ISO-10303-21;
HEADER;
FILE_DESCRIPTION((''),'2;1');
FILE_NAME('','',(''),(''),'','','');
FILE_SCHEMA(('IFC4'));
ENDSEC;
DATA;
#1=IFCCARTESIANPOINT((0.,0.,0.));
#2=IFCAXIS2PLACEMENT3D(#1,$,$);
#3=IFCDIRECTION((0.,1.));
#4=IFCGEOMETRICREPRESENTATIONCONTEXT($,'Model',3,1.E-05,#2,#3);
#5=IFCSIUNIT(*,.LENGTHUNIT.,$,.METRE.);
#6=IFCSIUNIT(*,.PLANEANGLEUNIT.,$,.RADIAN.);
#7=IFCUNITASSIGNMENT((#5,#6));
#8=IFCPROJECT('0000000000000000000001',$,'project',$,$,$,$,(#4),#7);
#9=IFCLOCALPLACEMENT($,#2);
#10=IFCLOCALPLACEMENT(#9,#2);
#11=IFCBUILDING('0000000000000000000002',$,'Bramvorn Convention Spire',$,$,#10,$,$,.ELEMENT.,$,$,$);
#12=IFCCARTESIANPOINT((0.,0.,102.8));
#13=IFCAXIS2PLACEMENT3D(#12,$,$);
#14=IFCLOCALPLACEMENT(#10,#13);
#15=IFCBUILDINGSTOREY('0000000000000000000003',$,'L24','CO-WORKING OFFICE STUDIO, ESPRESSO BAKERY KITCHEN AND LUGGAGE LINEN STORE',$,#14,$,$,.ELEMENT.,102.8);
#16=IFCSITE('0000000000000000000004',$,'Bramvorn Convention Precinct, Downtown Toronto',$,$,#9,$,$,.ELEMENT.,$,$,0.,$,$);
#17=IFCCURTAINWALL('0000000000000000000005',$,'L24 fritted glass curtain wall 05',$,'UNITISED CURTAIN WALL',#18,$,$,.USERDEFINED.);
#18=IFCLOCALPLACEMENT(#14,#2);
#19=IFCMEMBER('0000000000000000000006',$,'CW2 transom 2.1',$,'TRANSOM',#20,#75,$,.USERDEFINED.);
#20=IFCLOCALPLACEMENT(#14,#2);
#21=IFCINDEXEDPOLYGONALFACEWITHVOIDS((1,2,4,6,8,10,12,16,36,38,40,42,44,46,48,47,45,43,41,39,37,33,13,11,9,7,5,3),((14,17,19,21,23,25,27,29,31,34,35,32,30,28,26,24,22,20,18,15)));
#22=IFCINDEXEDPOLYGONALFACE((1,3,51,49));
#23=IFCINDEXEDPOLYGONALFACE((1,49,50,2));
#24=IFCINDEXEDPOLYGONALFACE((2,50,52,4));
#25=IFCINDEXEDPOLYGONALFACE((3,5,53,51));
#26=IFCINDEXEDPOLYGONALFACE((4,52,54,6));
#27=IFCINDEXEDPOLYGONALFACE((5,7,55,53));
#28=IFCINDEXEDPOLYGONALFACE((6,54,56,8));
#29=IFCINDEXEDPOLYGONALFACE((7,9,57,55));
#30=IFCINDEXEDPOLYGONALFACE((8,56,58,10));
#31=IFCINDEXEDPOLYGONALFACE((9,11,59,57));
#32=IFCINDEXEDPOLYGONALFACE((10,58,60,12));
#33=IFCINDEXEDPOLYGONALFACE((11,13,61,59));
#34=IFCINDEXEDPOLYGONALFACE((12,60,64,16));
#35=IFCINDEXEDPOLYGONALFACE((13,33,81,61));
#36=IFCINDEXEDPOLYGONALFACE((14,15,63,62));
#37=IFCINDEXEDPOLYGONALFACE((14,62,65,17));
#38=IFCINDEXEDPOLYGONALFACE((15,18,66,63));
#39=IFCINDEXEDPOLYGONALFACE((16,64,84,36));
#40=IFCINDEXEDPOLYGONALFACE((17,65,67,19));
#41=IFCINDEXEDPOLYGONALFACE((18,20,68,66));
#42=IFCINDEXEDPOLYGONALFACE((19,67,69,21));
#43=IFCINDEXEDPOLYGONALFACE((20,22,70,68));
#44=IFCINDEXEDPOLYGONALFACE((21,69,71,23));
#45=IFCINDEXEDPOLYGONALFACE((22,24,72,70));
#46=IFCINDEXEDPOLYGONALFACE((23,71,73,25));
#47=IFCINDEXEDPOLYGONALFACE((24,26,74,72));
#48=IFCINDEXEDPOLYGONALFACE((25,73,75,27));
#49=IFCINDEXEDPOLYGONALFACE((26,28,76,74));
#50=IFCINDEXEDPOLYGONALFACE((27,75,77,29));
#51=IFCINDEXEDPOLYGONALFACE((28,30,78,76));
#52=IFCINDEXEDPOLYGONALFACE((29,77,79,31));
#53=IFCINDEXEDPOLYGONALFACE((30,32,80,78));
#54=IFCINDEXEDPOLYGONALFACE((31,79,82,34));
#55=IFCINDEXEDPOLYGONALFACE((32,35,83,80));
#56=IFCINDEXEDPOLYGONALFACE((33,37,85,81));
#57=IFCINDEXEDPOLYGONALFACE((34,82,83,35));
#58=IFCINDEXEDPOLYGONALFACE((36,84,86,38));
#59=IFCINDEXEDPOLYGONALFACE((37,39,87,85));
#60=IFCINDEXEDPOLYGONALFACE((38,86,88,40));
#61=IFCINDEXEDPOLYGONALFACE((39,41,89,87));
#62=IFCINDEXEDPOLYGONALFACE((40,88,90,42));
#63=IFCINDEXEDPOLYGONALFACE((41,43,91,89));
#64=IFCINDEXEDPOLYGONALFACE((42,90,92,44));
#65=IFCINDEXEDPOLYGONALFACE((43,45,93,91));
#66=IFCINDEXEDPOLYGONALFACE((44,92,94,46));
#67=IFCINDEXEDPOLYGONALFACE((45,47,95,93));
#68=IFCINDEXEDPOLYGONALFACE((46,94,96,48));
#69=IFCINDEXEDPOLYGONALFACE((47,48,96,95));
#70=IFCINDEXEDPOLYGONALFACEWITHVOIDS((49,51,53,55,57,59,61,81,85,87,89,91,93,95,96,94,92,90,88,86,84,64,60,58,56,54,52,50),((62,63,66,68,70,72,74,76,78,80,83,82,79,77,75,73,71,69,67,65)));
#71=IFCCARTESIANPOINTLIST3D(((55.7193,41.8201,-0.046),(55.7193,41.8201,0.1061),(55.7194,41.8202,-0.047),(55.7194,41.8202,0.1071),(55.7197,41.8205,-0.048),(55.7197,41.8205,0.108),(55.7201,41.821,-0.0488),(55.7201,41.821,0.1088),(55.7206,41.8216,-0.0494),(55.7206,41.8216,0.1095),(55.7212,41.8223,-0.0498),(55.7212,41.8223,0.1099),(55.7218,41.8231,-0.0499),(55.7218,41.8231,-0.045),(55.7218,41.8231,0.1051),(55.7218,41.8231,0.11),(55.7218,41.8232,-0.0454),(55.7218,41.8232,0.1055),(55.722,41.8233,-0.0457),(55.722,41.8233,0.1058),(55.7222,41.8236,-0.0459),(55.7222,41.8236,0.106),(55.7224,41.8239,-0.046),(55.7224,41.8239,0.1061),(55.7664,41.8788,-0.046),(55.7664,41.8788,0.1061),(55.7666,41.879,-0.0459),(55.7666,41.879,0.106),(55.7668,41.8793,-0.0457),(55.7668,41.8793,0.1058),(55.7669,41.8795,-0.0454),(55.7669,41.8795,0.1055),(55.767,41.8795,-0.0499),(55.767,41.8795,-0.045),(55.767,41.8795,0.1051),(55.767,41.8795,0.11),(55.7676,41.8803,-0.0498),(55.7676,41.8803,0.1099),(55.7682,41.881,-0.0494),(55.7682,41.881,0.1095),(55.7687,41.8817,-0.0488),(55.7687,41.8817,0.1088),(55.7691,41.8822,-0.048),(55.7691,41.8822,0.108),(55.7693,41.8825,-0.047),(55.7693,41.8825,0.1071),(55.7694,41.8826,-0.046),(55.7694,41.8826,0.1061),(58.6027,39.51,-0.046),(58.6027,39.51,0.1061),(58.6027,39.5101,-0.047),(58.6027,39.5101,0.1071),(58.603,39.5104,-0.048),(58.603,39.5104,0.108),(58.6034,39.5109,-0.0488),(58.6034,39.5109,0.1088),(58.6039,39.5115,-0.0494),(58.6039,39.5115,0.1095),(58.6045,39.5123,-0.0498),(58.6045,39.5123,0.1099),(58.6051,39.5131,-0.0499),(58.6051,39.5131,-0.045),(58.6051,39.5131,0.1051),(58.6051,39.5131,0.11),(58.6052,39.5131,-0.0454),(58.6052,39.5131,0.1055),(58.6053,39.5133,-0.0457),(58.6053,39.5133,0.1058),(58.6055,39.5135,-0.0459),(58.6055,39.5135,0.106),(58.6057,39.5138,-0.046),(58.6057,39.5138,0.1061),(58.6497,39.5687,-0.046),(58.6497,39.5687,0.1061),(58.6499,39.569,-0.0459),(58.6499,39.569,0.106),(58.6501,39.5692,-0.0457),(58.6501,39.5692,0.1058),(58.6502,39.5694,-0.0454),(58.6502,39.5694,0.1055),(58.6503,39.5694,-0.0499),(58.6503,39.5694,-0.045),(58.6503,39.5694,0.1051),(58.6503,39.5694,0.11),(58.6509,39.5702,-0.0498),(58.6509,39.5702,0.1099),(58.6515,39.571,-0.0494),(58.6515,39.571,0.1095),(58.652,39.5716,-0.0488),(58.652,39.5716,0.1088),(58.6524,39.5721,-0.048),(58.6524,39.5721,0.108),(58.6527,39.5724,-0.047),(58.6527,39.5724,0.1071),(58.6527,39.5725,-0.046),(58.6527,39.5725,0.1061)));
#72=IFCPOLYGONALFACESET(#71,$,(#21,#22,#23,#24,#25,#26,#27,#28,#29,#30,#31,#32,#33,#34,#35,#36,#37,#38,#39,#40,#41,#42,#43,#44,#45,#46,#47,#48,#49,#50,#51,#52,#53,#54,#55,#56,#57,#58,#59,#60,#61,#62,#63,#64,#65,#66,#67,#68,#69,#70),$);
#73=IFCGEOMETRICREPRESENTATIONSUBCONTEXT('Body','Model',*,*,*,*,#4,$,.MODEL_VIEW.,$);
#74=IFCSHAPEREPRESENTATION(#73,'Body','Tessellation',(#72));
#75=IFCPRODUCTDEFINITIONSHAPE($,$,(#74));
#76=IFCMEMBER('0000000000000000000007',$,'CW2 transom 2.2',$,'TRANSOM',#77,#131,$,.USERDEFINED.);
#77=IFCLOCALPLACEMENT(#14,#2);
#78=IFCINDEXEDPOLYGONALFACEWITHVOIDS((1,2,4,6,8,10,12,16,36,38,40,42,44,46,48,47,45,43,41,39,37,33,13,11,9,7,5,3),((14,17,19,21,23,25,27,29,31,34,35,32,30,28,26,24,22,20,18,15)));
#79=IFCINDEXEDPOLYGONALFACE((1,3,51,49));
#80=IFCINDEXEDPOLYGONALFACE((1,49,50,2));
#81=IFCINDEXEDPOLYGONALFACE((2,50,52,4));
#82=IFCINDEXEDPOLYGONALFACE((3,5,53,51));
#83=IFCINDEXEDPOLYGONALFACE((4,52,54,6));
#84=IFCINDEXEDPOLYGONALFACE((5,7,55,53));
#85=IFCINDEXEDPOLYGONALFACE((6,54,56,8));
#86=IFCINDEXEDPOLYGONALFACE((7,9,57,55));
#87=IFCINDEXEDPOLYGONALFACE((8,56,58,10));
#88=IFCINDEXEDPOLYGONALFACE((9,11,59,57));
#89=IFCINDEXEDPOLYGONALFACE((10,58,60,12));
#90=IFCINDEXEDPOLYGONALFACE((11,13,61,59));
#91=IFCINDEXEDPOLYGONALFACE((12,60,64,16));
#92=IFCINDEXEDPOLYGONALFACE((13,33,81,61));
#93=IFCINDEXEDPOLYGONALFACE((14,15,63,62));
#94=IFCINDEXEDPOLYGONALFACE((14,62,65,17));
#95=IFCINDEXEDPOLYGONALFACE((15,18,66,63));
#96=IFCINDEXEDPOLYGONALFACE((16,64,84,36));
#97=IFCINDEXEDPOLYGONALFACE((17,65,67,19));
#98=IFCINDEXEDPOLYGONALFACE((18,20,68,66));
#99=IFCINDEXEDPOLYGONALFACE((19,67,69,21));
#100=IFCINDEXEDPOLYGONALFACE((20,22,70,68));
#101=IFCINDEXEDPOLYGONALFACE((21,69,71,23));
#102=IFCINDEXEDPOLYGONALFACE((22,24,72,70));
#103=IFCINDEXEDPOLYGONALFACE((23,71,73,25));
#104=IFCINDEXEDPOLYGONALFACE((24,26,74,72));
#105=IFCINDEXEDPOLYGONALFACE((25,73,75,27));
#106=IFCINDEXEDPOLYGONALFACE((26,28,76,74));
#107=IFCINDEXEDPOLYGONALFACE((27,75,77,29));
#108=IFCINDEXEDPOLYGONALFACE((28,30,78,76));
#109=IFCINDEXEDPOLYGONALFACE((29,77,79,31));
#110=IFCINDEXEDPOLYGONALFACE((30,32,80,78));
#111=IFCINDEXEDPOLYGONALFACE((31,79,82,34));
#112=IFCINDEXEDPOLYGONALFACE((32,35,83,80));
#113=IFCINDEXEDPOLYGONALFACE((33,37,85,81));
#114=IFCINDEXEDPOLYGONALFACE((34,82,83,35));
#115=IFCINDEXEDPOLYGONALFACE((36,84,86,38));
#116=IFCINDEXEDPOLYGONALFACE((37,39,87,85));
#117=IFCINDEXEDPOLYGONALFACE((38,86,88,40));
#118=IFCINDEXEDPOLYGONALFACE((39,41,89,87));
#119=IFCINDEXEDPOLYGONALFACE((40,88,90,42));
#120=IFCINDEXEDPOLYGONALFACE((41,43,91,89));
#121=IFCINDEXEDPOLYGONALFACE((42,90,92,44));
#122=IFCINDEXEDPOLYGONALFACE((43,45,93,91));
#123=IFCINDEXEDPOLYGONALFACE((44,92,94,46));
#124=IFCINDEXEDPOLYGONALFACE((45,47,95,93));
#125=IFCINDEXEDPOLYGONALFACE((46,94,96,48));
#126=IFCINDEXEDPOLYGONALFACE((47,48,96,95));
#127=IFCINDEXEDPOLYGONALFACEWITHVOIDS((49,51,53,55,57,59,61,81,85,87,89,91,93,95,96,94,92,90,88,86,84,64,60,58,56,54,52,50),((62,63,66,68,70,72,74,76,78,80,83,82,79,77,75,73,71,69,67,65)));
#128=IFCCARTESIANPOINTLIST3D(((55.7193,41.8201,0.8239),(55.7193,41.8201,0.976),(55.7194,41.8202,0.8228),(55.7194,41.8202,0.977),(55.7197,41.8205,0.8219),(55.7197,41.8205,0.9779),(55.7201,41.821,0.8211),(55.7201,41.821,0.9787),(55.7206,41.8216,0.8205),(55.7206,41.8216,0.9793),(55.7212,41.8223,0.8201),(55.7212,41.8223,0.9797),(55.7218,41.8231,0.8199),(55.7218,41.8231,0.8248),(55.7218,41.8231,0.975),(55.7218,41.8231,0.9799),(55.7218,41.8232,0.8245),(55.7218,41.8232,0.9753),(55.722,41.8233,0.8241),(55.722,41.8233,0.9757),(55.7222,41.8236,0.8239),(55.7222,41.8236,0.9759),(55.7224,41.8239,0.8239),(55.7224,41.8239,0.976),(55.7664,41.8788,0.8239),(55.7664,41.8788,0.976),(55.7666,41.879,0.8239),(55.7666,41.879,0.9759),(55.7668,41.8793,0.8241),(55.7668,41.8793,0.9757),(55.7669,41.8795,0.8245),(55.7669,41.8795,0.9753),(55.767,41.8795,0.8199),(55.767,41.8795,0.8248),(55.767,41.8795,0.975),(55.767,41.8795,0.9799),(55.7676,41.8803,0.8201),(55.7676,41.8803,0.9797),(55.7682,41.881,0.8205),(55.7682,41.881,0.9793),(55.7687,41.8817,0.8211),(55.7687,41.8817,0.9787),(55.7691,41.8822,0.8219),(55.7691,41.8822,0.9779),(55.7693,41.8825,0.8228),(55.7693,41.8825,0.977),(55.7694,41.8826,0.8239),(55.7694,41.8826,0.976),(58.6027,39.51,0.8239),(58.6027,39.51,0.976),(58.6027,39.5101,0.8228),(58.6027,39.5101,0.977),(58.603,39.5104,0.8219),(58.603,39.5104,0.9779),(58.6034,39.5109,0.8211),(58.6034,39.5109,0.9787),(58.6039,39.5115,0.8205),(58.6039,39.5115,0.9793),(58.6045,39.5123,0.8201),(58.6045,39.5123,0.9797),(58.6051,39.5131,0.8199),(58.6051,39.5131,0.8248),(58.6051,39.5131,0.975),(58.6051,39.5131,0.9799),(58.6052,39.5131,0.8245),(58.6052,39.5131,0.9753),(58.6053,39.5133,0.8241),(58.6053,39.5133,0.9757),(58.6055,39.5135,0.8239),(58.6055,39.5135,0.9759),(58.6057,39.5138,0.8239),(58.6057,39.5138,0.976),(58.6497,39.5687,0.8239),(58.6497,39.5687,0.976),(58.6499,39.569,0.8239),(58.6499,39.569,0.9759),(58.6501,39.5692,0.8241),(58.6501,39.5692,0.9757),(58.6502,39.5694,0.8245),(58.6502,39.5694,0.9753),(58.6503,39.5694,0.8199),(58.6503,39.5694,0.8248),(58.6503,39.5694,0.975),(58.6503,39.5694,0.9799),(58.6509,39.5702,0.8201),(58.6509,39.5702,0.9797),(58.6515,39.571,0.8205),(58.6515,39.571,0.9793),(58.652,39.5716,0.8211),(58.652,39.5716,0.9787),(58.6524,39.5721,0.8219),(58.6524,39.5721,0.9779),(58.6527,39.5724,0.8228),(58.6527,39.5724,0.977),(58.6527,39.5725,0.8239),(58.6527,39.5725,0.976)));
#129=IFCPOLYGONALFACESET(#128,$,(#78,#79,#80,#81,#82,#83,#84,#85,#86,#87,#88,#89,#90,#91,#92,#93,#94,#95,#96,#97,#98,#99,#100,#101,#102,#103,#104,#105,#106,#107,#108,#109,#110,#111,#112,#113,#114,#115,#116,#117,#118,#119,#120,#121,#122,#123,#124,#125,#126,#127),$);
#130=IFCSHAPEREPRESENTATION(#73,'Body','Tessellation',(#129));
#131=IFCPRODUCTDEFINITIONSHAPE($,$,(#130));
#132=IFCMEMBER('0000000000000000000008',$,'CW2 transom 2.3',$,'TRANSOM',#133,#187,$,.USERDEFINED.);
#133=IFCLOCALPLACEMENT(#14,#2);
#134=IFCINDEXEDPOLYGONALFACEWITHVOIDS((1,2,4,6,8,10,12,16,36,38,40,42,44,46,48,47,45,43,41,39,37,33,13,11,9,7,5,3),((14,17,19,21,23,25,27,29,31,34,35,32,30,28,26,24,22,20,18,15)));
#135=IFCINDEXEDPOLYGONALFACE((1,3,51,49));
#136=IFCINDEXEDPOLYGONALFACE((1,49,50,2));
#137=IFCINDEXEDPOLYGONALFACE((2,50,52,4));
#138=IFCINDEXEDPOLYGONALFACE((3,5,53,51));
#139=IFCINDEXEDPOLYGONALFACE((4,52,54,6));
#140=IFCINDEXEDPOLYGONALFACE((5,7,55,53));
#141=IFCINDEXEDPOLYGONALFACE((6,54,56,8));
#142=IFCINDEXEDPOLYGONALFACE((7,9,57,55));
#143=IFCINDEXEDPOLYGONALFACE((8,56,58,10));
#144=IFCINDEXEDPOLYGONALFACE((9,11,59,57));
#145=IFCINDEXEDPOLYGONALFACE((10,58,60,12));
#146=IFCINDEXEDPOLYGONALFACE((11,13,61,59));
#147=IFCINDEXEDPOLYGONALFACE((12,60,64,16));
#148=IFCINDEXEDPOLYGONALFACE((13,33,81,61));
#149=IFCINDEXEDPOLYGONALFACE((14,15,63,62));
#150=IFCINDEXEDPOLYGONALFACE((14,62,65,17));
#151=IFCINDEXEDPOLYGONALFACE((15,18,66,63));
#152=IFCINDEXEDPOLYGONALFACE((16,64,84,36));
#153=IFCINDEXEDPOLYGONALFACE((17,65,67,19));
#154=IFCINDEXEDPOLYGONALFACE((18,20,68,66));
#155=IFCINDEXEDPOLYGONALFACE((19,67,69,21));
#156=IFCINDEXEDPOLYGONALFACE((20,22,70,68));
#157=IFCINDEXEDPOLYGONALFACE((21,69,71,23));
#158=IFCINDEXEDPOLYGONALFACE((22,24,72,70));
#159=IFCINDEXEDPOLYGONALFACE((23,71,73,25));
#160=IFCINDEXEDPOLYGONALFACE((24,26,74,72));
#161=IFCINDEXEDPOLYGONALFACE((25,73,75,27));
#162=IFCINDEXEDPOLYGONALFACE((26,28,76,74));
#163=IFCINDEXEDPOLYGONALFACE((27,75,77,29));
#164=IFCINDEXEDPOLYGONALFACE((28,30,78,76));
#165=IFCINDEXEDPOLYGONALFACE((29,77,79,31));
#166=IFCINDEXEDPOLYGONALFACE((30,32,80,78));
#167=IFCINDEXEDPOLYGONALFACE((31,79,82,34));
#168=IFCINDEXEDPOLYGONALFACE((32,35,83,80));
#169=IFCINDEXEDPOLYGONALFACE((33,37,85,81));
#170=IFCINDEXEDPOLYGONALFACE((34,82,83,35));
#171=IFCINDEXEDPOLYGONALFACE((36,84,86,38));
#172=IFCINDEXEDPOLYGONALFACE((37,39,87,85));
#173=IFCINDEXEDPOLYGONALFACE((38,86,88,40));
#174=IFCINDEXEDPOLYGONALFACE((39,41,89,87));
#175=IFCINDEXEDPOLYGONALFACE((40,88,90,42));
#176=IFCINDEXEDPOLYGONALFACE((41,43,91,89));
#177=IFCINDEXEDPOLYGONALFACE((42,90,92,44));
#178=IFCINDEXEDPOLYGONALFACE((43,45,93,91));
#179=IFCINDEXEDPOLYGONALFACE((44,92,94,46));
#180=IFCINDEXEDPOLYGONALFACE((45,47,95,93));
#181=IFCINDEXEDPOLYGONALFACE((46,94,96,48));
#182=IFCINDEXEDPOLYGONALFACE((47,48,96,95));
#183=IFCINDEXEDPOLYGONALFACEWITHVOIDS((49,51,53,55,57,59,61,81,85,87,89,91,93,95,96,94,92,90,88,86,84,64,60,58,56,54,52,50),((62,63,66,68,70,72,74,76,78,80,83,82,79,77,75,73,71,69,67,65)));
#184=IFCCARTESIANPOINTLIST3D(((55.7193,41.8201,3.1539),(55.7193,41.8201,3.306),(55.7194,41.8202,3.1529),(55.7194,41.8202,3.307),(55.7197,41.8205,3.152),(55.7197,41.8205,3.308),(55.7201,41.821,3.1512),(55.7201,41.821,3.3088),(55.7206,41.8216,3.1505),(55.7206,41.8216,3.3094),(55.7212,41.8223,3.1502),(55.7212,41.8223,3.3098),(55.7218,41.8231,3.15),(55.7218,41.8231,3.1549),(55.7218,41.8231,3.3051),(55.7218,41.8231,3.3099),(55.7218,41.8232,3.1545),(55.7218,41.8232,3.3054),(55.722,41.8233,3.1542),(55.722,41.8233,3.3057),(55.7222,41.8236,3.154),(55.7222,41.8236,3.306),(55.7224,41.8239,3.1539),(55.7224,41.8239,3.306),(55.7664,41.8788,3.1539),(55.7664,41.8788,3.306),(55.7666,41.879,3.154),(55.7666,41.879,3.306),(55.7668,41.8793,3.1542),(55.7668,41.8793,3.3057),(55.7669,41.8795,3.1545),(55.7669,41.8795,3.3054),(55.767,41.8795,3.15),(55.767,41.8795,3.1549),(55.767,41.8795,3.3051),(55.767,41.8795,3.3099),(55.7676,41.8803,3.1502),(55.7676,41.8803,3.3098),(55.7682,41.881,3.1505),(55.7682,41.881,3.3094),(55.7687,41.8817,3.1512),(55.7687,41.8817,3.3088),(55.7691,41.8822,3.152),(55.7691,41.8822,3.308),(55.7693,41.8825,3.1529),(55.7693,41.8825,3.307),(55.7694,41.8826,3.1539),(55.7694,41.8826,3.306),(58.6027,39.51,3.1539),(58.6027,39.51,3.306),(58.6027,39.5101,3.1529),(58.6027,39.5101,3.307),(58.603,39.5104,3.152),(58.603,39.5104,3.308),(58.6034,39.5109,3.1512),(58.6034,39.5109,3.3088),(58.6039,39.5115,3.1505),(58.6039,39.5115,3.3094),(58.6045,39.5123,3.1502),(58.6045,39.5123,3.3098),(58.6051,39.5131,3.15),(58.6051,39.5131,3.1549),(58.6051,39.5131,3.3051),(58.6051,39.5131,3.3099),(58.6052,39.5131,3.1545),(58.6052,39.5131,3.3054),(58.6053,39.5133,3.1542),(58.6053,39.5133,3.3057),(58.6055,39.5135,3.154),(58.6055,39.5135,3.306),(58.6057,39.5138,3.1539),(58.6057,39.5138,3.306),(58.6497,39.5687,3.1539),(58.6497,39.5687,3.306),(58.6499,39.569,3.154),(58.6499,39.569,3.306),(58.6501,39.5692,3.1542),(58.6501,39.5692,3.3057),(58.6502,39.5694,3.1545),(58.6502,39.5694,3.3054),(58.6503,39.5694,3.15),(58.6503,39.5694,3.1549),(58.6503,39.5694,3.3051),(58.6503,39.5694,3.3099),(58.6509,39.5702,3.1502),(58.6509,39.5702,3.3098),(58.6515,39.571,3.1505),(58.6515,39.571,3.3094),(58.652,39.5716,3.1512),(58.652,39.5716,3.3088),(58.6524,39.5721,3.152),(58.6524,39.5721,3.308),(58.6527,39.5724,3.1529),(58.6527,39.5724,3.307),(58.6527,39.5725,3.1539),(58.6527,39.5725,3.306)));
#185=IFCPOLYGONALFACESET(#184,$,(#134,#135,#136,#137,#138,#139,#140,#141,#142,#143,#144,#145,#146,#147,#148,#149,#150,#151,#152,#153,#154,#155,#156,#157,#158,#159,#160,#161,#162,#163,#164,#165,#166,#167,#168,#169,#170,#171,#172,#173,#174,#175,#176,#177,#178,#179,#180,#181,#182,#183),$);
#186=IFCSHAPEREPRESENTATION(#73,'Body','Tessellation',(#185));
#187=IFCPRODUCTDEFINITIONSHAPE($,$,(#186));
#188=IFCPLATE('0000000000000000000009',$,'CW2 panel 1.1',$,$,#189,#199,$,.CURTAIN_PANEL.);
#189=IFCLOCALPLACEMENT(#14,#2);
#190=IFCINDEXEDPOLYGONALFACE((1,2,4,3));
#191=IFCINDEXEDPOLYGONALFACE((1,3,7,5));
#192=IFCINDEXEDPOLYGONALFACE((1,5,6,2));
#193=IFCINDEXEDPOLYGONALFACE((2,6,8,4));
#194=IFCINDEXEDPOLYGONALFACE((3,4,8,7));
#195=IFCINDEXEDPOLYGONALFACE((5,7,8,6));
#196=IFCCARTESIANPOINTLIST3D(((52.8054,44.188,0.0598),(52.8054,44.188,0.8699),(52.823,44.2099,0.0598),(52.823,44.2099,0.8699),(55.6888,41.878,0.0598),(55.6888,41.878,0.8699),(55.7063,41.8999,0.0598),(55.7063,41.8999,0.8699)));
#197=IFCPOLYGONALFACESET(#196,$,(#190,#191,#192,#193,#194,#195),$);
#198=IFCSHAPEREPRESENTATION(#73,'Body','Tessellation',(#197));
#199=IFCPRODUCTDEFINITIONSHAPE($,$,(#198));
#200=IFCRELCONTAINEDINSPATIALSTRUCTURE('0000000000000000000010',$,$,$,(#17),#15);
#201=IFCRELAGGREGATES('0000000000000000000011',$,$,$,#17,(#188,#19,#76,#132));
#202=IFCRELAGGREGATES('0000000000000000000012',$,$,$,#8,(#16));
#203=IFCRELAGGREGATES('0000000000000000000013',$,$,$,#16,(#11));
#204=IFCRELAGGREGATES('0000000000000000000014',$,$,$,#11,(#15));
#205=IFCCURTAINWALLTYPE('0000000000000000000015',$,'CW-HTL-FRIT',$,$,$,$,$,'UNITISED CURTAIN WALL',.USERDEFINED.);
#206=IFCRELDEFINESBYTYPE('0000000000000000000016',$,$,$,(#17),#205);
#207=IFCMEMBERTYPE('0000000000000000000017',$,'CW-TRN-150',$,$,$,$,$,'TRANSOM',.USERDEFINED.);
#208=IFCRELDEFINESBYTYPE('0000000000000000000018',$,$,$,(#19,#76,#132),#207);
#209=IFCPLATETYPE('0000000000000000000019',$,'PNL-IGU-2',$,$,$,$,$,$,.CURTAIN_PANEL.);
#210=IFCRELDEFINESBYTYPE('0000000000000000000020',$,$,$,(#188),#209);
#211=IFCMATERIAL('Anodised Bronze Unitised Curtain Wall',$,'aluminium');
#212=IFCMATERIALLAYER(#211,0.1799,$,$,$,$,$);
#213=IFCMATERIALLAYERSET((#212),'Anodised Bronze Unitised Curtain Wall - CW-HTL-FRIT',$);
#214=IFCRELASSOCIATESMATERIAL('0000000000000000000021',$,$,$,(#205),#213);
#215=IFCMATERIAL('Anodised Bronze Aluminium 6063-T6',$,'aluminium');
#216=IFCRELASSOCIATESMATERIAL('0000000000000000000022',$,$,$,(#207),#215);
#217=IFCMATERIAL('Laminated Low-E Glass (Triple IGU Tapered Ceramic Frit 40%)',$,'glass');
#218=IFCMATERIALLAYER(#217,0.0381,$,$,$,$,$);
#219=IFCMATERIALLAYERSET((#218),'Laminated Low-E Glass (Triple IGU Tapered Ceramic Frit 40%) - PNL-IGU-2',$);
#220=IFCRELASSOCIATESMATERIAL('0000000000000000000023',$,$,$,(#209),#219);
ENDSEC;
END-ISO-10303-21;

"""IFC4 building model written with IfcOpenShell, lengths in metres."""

from ifc_helpers import new_model, si_unit, direction, frame, origin, origin_2d, place, context, subcontext, project, spatial, rectangle, hollow_rectangle, extrude, material, layer, layer_set, material_profile, profile_set, type_object, element, aggregate, save


model = new_model("IFC4")

# Units and contexts
model_context = context("Model", 3, precision=1e-05, world=origin(), true_north=direction((0.0, 1.0)))
body_context = subcontext(model_context, "Body", "Model", "MODEL_VIEW")
ifc_project = project(units=[si_unit("LENGTHUNIT", "METRE"), si_unit("PLANEANGLEUNIT", "RADIAN")], contexts=[model_context])

# Site, building, storey
site_placement = place(None, origin())
site = spatial("IfcSite", under=ifc_project, at=site_placement, Name="Bramvorn Convention Precinct, Downtown Toronto", CompositionType="ELEMENT", RefElevation=0.0)
building_placement = place(site_placement, origin())
building = spatial("IfcBuilding", under=site, at=building_placement, Name="Bramvorn Convention Spire", CompositionType="ELEMENT")
storey_placement = place(building_placement, frame((0.0, 0.0, 102.8)))
storey = spatial("IfcBuildingStorey", under=building, at=storey_placement, Name="L24", Description="CO-WORKING OFFICE STUDIO, ESPRESSO BAKERY KITCHEN AND LUGGAGE LINEN STORE", CompositionType="ELEMENT", Elevation=102.8)

# Curtain wall, members, plate
ifc_material_1 = material(Name="Anodised Bronze Unitised Curtain Wall", Category="aluminium")
ifc_layer_1 = layer(ifc_material_1, 0.1799)
ifc_layer_set_1 = layer_set([ifc_layer_1], Name="Anodised Bronze Unitised Curtain Wall - CW-HTL-FRIT")
curtain_wall_type = type_object("IfcCurtainWallType", Name="CW-HTL-FRIT", ElementType="UNITISED CURTAIN WALL", PredefinedType="USERDEFINED", material=ifc_layer_set_1)
curtain_wall_placement = place(storey_placement, origin())
curtain_wall = element("IfcCurtainWall", 1, at=curtain_wall_placement, inside=storey, type_object=curtain_wall_type, Name="L24 fritted glass curtain wall 05", ObjectType="UNITISED CURTAIN WALL", PredefinedType="USERDEFINED")
ifc_material_2 = material(Name="Anodised Bronze Aluminium 6063-T6", Category="aluminium")
ifc_material_profile_1 = material_profile(ifc_material_2, hollow_rectangle(XDim=0.0801, YDim=0.1599, WallThickness=0.0039, InnerFilletRadius=0.001, OuterFilletRadius=0.0039, at=origin_2d()))
ifc_profile_set_1 = profile_set([ifc_material_profile_1], Name="Anodised Bronze Aluminium 6063-T6 - CWT80X160")
member_type_1 = type_object("IfcMemberType", Name="CW-TRN-150", ElementType="TRANSOM", PredefinedType="USERDEFINED", material=ifc_profile_set_1)
member_1_placement = place(storey_placement, frame((55.7444, 41.8513, 0.03), z_axis=(0.780417, -0.625259, 0.0), x_axis=(0.625259, 0.780417, 0.0)))
member_1 = element("IfcMember", 2, at=member_1_placement, type_object=member_type_1, Name="CW2 transom 2.1", ObjectType="TRANSOM", PredefinedType="USERDEFINED", context=body_context, shape_type="SweptSolid", body=[
    extrude(hollow_rectangle(XDim=0.0801, YDim=0.1599, WallThickness=0.0039, InnerFilletRadius=0.001, OuterFilletRadius=0.0039, at=origin_2d()), origin(), (0.0, 0.0, 1.0), 3.6946),
])
member_2_placement = place(storey_placement, frame((55.7444, 41.8513, 0.8999), z_axis=(0.780417, -0.625259, 0.0), x_axis=(0.625259, 0.780417, 0.0)))
member_2 = element("IfcMember", 3, at=member_2_placement, type_object=member_type_1, Name="CW2 transom 2.2", ObjectType="TRANSOM", PredefinedType="USERDEFINED", context=body_context, shape_type="SweptSolid", body=[
    extrude(hollow_rectangle(XDim=0.0801, YDim=0.1599, WallThickness=0.0039, InnerFilletRadius=0.001, OuterFilletRadius=0.0039, at=origin_2d()), origin(), (0.0, 0.0, 1.0), 3.6946),
])
member_3_placement = place(storey_placement, frame((55.7444, 41.8513, 3.23), z_axis=(0.780417, -0.625259, 0.0), x_axis=(0.625259, 0.780417, 0.0)))
member_3 = element("IfcMember", 4, at=member_3_placement, type_object=member_type_1, Name="CW2 transom 2.3", ObjectType="TRANSOM", PredefinedType="USERDEFINED", context=body_context, shape_type="SweptSolid", body=[
    extrude(hollow_rectangle(XDim=0.0801, YDim=0.1599, WallThickness=0.0039, InnerFilletRadius=0.001, OuterFilletRadius=0.0039, at=origin_2d()), origin(), (0.0, 0.0, 1.0), 3.6946),
])
ifc_material_3 = material(Name="Laminated Low-E Glass (Triple IGU Tapered Ceramic Frit 40%)", Category="glass")
ifc_layer_2 = layer(ifc_material_3, 0.0381)
ifc_layer_set_2 = layer_set([ifc_layer_2], Name="Laminated Low-E Glass (Triple IGU Tapered Ceramic Frit 40%) - PNL-IGU-2")
plate_type = type_object("IfcPlateType", Name="PNL-IGU-2", PredefinedType="CURTAIN_PANEL", material=ifc_layer_set_2)
plate_1_placement = place(storey_placement, frame((54.2559, 43.0439, 0.0598), z_axis=(0.0, 0.0, 1.0), x_axis=(0.780428, -0.625246, 0.0)))
plate_1 = element("IfcPlate", 5, at=plate_1_placement, type_object=plate_type, Name="CW2 panel 1.1", PredefinedType="CURTAIN_PANEL", context=body_context, shape_type="SweptSolid", body=[
    extrude(rectangle(XDim=3.6946, YDim=0.0281, at=origin_2d()), origin(), (0.0, 0.0, 1.0), 0.8101),
])
aggregate(curtain_wall, [plate_1, member_1, member_2, member_3])

save(model, "model.ifc")
